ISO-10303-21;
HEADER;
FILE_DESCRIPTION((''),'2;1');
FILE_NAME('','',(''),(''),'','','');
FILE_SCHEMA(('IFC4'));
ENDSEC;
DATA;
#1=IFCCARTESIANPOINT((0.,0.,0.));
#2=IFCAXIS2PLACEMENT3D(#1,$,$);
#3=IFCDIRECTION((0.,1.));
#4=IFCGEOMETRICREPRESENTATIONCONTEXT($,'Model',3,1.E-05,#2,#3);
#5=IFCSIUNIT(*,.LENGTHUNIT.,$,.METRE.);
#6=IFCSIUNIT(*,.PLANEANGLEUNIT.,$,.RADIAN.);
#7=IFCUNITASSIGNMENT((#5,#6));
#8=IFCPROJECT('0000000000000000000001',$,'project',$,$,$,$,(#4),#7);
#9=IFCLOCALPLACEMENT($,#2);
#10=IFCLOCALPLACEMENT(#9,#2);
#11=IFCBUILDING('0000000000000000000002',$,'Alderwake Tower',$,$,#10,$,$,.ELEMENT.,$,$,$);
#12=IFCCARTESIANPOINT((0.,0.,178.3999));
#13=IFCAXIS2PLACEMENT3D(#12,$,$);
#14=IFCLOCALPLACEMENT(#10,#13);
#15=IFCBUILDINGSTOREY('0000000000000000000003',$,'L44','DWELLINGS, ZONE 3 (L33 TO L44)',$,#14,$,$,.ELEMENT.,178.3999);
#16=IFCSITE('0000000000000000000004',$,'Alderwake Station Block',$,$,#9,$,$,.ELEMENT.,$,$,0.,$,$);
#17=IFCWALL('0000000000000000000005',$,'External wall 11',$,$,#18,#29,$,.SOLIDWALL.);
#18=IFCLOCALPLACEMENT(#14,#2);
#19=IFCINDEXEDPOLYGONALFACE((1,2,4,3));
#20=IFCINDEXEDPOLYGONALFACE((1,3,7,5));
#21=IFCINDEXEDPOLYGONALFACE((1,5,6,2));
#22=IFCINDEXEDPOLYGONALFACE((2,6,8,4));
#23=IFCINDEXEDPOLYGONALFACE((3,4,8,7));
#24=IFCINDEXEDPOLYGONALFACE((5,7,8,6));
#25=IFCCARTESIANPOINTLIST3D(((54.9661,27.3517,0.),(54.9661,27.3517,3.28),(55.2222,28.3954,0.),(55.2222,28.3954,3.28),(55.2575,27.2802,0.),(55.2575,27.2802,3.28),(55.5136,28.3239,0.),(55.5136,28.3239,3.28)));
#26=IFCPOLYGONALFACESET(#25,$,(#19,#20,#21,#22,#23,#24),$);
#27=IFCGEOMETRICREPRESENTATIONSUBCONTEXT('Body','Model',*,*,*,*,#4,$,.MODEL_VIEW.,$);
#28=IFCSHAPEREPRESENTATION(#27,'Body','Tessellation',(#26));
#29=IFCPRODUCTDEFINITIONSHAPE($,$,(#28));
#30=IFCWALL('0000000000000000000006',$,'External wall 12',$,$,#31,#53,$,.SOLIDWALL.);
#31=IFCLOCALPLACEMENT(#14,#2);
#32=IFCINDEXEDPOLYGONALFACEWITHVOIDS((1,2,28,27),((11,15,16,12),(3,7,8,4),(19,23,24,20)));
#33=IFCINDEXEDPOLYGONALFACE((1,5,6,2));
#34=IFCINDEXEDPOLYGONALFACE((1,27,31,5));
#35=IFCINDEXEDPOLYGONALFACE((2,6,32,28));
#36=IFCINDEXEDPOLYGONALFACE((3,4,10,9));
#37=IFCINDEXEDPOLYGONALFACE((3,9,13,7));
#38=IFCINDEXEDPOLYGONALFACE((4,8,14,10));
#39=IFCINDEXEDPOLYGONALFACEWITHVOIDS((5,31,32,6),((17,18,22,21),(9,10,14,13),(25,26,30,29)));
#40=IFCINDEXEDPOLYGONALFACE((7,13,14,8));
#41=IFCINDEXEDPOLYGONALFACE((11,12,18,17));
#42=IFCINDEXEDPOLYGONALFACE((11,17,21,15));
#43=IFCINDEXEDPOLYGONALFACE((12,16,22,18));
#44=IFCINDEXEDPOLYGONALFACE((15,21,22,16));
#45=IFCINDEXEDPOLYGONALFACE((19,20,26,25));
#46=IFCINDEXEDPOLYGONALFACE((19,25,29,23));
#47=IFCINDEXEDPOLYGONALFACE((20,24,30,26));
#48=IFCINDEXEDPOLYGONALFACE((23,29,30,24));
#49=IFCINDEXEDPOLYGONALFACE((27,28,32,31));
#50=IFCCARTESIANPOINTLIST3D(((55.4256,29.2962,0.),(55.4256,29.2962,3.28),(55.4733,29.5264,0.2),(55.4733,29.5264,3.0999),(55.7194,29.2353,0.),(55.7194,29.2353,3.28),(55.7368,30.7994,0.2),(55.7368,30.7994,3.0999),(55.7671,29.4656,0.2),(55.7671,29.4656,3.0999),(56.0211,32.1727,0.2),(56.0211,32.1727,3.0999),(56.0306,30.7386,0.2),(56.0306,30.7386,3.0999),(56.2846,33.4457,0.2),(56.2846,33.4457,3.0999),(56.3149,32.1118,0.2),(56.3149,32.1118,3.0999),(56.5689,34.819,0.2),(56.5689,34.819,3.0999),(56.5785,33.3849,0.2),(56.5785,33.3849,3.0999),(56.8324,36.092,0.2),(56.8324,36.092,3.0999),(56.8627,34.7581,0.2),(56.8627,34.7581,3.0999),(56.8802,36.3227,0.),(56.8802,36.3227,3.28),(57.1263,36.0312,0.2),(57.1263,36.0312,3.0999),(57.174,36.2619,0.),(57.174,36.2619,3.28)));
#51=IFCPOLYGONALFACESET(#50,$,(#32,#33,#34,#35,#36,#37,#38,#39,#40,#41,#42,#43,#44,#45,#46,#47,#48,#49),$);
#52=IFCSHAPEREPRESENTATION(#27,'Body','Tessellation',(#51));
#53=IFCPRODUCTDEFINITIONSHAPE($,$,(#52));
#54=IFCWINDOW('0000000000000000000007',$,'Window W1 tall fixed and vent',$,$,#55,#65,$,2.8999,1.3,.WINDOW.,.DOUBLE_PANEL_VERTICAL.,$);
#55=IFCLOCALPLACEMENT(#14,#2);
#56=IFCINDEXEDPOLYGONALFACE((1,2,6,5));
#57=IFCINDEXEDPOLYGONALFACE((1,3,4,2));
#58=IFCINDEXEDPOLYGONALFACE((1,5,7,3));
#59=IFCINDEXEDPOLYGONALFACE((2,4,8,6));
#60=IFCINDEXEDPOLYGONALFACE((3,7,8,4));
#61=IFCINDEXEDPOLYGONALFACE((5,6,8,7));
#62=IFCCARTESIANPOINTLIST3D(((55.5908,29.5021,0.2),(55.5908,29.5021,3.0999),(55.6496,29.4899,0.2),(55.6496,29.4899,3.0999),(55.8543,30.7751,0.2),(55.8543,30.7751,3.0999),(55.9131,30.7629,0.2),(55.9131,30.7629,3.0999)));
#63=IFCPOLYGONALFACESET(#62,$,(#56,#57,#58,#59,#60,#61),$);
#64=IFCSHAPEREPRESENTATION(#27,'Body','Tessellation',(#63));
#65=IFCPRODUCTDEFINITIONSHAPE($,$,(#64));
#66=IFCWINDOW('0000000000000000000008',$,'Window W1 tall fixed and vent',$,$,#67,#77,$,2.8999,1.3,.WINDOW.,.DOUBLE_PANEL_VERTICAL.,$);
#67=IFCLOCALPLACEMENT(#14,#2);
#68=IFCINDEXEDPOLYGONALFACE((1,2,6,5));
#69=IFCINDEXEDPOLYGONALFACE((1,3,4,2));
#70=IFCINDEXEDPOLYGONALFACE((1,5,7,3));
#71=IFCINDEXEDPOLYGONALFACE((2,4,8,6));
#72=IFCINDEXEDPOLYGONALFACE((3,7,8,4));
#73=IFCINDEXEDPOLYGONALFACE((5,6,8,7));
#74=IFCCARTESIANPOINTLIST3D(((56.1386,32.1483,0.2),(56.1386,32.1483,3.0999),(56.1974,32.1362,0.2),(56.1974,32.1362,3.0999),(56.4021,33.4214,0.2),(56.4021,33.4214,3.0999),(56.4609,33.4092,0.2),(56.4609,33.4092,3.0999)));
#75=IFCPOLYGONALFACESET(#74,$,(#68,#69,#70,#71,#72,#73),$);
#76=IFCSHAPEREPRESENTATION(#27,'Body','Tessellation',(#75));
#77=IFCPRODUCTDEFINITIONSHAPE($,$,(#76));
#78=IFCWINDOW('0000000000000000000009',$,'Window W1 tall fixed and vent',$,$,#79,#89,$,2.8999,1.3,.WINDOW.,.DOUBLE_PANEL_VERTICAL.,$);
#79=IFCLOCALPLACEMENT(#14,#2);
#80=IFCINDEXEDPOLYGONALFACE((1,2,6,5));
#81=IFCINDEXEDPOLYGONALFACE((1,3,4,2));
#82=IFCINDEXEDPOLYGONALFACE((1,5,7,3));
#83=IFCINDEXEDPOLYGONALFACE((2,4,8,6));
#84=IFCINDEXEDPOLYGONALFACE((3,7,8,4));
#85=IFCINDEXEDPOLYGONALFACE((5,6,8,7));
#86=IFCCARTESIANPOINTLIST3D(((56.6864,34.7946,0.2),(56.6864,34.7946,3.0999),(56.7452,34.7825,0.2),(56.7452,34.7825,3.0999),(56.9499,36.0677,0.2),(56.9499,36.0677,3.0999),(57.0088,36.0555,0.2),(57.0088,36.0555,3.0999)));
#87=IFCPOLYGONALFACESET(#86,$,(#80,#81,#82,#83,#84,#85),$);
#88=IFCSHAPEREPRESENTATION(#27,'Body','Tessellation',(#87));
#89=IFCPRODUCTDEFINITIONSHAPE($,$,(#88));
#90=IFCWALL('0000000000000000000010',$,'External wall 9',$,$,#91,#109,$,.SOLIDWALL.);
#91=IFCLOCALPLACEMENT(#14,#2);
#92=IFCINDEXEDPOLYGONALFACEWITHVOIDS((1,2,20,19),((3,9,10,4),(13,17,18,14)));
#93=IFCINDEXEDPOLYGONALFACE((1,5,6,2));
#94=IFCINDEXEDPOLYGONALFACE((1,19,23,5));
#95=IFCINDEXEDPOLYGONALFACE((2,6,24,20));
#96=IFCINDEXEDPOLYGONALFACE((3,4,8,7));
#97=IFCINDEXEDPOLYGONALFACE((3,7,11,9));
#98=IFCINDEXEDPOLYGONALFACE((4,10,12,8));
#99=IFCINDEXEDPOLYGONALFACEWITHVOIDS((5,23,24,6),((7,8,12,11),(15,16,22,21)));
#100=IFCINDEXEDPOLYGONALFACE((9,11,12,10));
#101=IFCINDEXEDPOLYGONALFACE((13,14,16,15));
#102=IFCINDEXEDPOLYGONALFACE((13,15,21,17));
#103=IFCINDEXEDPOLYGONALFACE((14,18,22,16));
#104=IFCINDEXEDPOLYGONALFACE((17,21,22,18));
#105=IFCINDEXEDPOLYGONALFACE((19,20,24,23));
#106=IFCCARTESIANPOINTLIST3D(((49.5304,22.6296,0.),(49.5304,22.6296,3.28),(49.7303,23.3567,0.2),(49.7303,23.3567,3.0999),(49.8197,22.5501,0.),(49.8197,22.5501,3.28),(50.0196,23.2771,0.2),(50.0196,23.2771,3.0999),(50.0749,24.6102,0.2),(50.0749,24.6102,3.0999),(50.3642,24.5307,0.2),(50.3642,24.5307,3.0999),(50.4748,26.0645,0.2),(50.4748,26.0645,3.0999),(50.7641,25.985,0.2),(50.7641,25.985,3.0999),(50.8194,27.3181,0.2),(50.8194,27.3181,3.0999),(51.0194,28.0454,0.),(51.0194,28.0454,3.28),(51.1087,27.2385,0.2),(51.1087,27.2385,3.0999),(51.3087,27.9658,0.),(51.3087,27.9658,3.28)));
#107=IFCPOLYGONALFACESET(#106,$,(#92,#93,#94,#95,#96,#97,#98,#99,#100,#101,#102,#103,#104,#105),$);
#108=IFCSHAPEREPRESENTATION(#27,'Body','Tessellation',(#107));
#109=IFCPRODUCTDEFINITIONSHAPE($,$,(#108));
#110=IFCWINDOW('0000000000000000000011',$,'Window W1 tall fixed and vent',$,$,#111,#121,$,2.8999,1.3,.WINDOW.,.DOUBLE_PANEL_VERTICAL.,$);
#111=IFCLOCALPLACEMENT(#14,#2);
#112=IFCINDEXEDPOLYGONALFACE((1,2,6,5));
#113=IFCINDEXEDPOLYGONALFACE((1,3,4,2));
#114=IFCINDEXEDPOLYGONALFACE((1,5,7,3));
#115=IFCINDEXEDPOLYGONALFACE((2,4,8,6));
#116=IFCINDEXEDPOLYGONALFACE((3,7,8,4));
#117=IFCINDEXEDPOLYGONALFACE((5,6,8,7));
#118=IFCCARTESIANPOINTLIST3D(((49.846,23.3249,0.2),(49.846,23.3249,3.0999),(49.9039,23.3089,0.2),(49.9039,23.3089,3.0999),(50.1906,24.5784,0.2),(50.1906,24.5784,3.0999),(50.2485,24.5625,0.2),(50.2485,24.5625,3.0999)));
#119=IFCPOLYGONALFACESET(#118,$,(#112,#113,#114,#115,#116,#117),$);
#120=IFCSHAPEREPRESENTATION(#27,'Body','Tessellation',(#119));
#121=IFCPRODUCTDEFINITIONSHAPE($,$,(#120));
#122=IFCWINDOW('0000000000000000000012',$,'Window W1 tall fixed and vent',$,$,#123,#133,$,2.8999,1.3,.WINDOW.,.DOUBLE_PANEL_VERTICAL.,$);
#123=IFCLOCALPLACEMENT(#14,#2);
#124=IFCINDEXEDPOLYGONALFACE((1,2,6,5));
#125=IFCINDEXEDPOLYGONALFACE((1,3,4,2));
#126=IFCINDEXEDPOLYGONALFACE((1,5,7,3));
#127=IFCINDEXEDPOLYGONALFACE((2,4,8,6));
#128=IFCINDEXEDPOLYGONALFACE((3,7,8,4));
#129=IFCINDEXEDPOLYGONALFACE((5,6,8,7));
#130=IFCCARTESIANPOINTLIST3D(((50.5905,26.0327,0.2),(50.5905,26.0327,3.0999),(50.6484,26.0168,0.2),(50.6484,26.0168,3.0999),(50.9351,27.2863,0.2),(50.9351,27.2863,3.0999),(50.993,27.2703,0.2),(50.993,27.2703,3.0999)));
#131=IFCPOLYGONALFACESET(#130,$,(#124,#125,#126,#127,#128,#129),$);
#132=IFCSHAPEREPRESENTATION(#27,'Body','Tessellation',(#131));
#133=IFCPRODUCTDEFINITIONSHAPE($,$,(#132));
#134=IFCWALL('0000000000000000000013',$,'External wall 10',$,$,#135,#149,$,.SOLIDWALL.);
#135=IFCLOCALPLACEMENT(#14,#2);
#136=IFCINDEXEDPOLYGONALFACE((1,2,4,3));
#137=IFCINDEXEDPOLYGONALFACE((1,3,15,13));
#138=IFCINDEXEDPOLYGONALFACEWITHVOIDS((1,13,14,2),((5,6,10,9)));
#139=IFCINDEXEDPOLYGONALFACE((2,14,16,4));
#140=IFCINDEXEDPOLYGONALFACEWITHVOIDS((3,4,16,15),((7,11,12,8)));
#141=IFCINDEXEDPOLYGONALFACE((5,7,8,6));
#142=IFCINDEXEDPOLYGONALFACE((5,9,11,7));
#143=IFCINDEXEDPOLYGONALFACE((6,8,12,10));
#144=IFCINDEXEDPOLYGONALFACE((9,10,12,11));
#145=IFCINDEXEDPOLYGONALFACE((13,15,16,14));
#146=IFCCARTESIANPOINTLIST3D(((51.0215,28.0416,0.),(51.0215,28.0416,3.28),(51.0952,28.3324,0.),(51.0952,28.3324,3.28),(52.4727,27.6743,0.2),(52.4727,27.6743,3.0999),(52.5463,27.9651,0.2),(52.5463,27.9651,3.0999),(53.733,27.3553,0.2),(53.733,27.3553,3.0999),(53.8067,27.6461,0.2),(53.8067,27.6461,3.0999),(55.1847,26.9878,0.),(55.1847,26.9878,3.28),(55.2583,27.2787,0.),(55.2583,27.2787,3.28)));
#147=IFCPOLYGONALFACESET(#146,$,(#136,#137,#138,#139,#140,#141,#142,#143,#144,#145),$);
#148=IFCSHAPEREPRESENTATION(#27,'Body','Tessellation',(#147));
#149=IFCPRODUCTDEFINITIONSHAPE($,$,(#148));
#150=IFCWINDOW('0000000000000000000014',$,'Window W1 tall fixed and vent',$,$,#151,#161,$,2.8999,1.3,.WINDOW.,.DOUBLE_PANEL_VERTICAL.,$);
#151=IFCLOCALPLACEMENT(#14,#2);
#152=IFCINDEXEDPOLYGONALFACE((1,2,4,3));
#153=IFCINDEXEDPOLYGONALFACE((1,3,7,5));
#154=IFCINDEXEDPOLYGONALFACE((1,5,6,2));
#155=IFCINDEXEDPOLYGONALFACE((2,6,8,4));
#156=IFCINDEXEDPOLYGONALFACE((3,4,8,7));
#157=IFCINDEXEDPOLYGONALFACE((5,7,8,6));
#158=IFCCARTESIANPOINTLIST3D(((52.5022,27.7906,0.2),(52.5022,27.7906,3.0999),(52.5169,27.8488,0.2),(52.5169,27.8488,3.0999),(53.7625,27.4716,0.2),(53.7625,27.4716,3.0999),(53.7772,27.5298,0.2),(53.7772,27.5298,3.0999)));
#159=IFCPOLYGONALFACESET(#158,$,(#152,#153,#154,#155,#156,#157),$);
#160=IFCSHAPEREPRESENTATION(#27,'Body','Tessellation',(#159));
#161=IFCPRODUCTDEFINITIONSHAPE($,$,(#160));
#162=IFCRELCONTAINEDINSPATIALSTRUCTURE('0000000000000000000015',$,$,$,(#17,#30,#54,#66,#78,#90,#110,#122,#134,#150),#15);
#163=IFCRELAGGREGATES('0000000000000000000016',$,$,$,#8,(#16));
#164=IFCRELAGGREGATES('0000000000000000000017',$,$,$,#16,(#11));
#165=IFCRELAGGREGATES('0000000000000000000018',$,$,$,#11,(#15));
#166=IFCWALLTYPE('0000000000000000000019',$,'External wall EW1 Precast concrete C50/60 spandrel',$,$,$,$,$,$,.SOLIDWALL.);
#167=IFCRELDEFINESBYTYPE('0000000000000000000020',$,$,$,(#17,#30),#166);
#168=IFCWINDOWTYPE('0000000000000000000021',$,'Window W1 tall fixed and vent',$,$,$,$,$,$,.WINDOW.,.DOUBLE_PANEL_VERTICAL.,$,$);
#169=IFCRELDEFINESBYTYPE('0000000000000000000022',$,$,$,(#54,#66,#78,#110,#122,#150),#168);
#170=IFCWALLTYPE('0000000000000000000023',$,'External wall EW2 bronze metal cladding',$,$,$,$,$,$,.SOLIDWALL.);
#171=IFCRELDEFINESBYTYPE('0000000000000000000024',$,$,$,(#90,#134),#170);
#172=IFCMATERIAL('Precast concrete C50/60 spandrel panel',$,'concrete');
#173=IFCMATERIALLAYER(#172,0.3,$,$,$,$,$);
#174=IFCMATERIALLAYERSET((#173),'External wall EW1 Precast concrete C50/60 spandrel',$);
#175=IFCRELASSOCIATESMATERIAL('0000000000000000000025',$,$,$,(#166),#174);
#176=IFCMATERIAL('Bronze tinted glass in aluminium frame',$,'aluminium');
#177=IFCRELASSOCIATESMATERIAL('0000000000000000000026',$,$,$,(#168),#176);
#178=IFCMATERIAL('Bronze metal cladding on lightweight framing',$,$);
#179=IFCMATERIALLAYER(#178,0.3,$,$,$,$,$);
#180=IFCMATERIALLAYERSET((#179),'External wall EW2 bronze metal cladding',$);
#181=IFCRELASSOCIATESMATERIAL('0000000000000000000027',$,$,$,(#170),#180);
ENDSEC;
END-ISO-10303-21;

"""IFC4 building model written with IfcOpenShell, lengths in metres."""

from ifc_helpers import new_model, si_unit, direction, frame, frame_2d, origin, place, context, subcontext, project, spatial, rectangle, extrude, material, layer, layer_set, type_object, element, fill, save


model = new_model("IFC4")

# Units and contexts
model_context = context("Model", 3, precision=1e-05, world=origin(), true_north=direction((0.0, 1.0)))
body_context = subcontext(model_context, "Body", "Model", "MODEL_VIEW")
ifc_project = project(units=[si_unit("LENGTHUNIT", "METRE"), si_unit("PLANEANGLEUNIT", "RADIAN")], contexts=[model_context])

# Site, building, storey
site_placement = place(None, origin())
site = spatial("IfcSite", under=ifc_project, at=site_placement, Name="Alderwake Station Block", CompositionType="ELEMENT", RefElevation=0.0)
building_placement = place(site_placement, origin())
building = spatial("IfcBuilding", under=site, at=building_placement, Name="Alderwake Tower", CompositionType="ELEMENT")
storey_placement = place(building_placement, frame((0.0, 0.0, 178.3999)))
storey = spatial("IfcBuildingStorey", under=building, at=storey_placement, Name="L44", Description="DWELLINGS, ZONE 3 (L33 TO L44)", CompositionType="ELEMENT", Elevation=178.3999)

# Wall
ifc_material_1 = material(Name="Precast concrete C50/60 spandrel panel", Category="concrete")
ifc_layer_1 = layer(ifc_material_1, 0.3)
ifc_layer_set_1 = layer_set([ifc_layer_1], Name="External wall EW1 Precast concrete C50/60 spandrel")
wall_type_1 = type_object("IfcWallType", Name="External wall EW1 Precast concrete C50/60 spandrel", PredefinedType="SOLIDWALL", material=ifc_layer_set_1)
wall_1_placement = place(storey_placement, frame((55.1118, 27.3159, 0.0), z_axis=(0.0, 0.0, 1.0), x_axis=(0.23831, 0.971189, 0.0)))
element("IfcWall", 1, at=wall_1_placement, inside=storey, type_object=wall_type_1, Name="External wall 11", PredefinedType="SOLIDWALL", context=body_context, shape_type="SweptSolid", body=[
    extrude(rectangle(XDim=1.0747, YDim=0.3, at=frame_2d((0.5374, 0.0))), origin(), (0.0, 0.0, 1.0), 3.28),
])

# Wall, openings, windows
wall_2_placement = place(storey_placement, frame((55.5725, 29.2656, 0.0), z_axis=(0.0, 0.0, 1.0), x_axis=(0.202714, 0.979238, 0.0)))
wall_2 = element("IfcWall", 2, at=wall_2_placement, inside=storey, type_object=wall_type_1, Name="External wall 12", PredefinedType="SOLIDWALL", context=body_context, shape_type="SweptSolid", body=[
    extrude(rectangle(XDim=7.1755, YDim=0.3, at=frame_2d((3.5879, 0.0))), origin(), (0.0, 0.0, 1.0), 3.28),
])
opening_1_placement = place(wall_2_placement, frame((0.2354, 0.0, 0.2)))
opening_1 = element("IfcOpeningElement", 3, at=opening_1_placement, cuts=wall_2, PredefinedType="OPENING", context=body_context, shape_type="SweptSolid", body=[
    extrude(rectangle(XDim=1.3, YDim=2.8999, at=frame_2d((0.6499, 1.45))), frame((0.0, 0.1599, 0.0), z_axis=(0.0, -1.0, 0.0), x_axis=(1.0, 0.0, 0.0)), (0.0, 0.0, 1.0), 0.3201),
])
opening_2_placement = place(wall_2_placement, frame((2.9377, 0.0, 0.2)))
opening_2 = element("IfcOpeningElement", 4, at=opening_2_placement, cuts=wall_2, PredefinedType="OPENING", context=body_context, shape_type="SweptSolid", body=[
    extrude(rectangle(XDim=1.3, YDim=2.8999, at=frame_2d((0.6499, 1.45))), frame((0.0, 0.1599, 0.0), z_axis=(0.0, -1.0, 0.0), x_axis=(1.0, 0.0, 0.0)), (0.0, 0.0, 1.0), 0.3201),
])
opening_3_placement = place(wall_2_placement, frame((5.6401, 0.0, 0.2)))
opening_3 = element("IfcOpeningElement", 5, at=opening_3_placement, cuts=wall_2, PredefinedType="OPENING", context=body_context, shape_type="SweptSolid", body=[
    extrude(rectangle(XDim=1.3, YDim=2.8999, at=frame_2d((0.6499, 1.45))), frame((0.0, 0.1599, 0.0), z_axis=(0.0, -1.0, 0.0), x_axis=(1.0, 0.0, 0.0)), (0.0, 0.0, 1.0), 0.3201),
])
ifc_material_2 = material(Name="Bronze tinted glass in aluminium frame", Category="aluminium")
window_type = type_object("IfcWindowType", Name="Window W1 tall fixed and vent", PartitioningType="DOUBLE_PANEL_VERTICAL", PredefinedType="WINDOW", material=ifc_material_2)
window_1_placement = place(opening_1_placement, origin())
window_1 = element("IfcWindow", 6, at=window_1_placement, inside=storey, type_object=window_type, Name="Window W1 tall fixed and vent", OverallHeight=2.8999, OverallWidth=1.3, PartitioningType="DOUBLE_PANEL_VERTICAL", PredefinedType="WINDOW", context=body_context, shape_type="SweptSolid", body=[
    extrude(rectangle(XDim=1.3, YDim=2.8999, at=frame_2d((0.6499, 1.45))), frame((0.0, 0.03, 0.0), z_axis=(0.0, -1.0, 0.0), x_axis=(1.0, 0.0, 0.0)), (0.0, 0.0, 1.0), 0.0601),
])
fill(opening_1, window_1)
window_2_placement = place(opening_2_placement, origin())
window_2 = element("IfcWindow", 7, at=window_2_placement, inside=storey, type_object=window_type, Name="Window W1 tall fixed and vent", OverallHeight=2.8999, OverallWidth=1.3, PartitioningType="DOUBLE_PANEL_VERTICAL", PredefinedType="WINDOW", context=body_context, shape_type="SweptSolid", body=[
    extrude(rectangle(XDim=1.3, YDim=2.8999, at=frame_2d((0.6499, 1.45))), frame((0.0, 0.03, 0.0), z_axis=(0.0, -1.0, 0.0), x_axis=(1.0, 0.0, 0.0)), (0.0, 0.0, 1.0), 0.0601),
])
fill(opening_2, window_2)
window_3_placement = place(opening_3_placement, origin())
window_3 = element("IfcWindow", 8, at=window_3_placement, inside=storey, type_object=window_type, Name="Window W1 tall fixed and vent", OverallHeight=2.8999, OverallWidth=1.3, PartitioningType="DOUBLE_PANEL_VERTICAL", PredefinedType="WINDOW", context=body_context, shape_type="SweptSolid", body=[
    extrude(rectangle(XDim=1.3, YDim=2.8999, at=frame_2d((0.6499, 1.45))), frame((0.0, 0.03, 0.0), z_axis=(0.0, -1.0, 0.0), x_axis=(1.0, 0.0, 0.0)), (0.0, 0.0, 1.0), 0.0601),
])
fill(opening_3, window_3)

# Wall, openings, windows
ifc_material_3 = material(Name="Bronze metal cladding on lightweight framing")
ifc_layer_2 = layer(ifc_material_3, 0.3)
ifc_layer_set_2 = layer_set([ifc_layer_2], Name="External wall EW2 bronze metal cladding")
wall_type_2 = type_object("IfcWallType", Name="External wall EW2 bronze metal cladding", PredefinedType="SOLIDWALL", material=ifc_layer_set_2)
wall_3_placement = place(storey_placement, frame((49.675, 22.5898, 0.0), z_axis=(0.0, 0.0, 1.0), x_axis=(0.265103, 0.96422, 0.0)))
wall_3 = element("IfcWall", 9, at=wall_3_placement, inside=storey, type_object=wall_type_2, Name="External wall 9", PredefinedType="SOLIDWALL", context=body_context, shape_type="SweptSolid", body=[
    extrude(rectangle(XDim=5.6167, YDim=0.3, at=frame_2d((2.8083, 0.0))), origin(), (0.0, 0.0, 1.0), 3.28),
])
opening_4_placement = place(wall_3_placement, frame((0.7542, 0.0, 0.2)))
opening_4 = element("IfcOpeningElement", 10, at=opening_4_placement, cuts=wall_3, PredefinedType="OPENING", context=body_context, shape_type="SweptSolid", body=[
    extrude(rectangle(XDim=1.3, YDim=2.8999, at=frame_2d((0.6499, 1.45))), frame((0.0, 0.1599, 0.0), z_axis=(0.0, -1.0, 0.0), x_axis=(1.0, 0.0, 0.0)), (0.0, 0.0, 1.0), 0.3201),
])
opening_5_placement = place(wall_3_placement, frame((3.5625, 0.0, 0.2)))
opening_5 = element("IfcOpeningElement", 11, at=opening_5_placement, cuts=wall_3, PredefinedType="OPENING", context=body_context, shape_type="SweptSolid", body=[
    extrude(rectangle(XDim=1.3, YDim=2.8999, at=frame_2d((0.6499, 1.45))), frame((0.0, 0.1599, 0.0), z_axis=(0.0, -1.0, 0.0), x_axis=(1.0, 0.0, 0.0)), (0.0, 0.0, 1.0), 0.3201),
])
window_4_placement = place(opening_4_placement, origin())
window_4 = element("IfcWindow", 12, at=window_4_placement, inside=storey, type_object=window_type, Name="Window W1 tall fixed and vent", OverallHeight=2.8999, OverallWidth=1.3, PartitioningType="DOUBLE_PANEL_VERTICAL", PredefinedType="WINDOW", context=body_context, shape_type="SweptSolid", body=[
    extrude(rectangle(XDim=1.3, YDim=2.8999, at=frame_2d((0.6499, 1.45))), frame((0.0, 0.03, 0.0), z_axis=(0.0, -1.0, 0.0), x_axis=(1.0, 0.0, 0.0)), (0.0, 0.0, 1.0), 0.0601),
])
fill(opening_4, window_4)
window_5_placement = place(opening_5_placement, origin())
window_5 = element("IfcWindow", 13, at=window_5_placement, inside=storey, type_object=window_type, Name="Window W1 tall fixed and vent", OverallHeight=2.8999, OverallWidth=1.3, PartitioningType="DOUBLE_PANEL_VERTICAL", PredefinedType="WINDOW", context=body_context, shape_type="SweptSolid", body=[
    extrude(rectangle(XDim=1.3, YDim=2.8999, at=frame_2d((0.6499, 1.45))), frame((0.0, 0.03, 0.0), z_axis=(0.0, -1.0, 0.0), x_axis=(1.0, 0.0, 0.0)), (0.0, 0.0, 1.0), 0.0601),
])
fill(opening_5, window_5)

# Wall, opening, window
wall_4_placement = place(storey_placement, frame((51.0583, 28.187, 0.0), z_axis=(0.0, 0.0, 1.0), x_axis=(0.969429, -0.24537, 0.0)))
wall_4 = element("IfcWall", 14, at=wall_4_placement, inside=storey, type_object=wall_type_2, Name="External wall 10", PredefinedType="SOLIDWALL", context=body_context, shape_type="SweptSolid", body=[
    extrude(rectangle(XDim=4.2944, YDim=0.3, at=frame_2d((2.1472, 0.0))), origin(), (0.0, 0.0, 1.0), 3.28),
])
opening_6_placement = place(wall_4_placement, frame((1.4971, 0.0, 0.2)))
opening_6 = element("IfcOpeningElement", 15, at=opening_6_placement, cuts=wall_4, PredefinedType="OPENING", context=body_context, shape_type="SweptSolid", body=[
    extrude(rectangle(XDim=1.3, YDim=2.8999, at=frame_2d((0.6499, 1.45))), frame((0.0, 0.1599, 0.0), z_axis=(0.0, -1.0, 0.0), x_axis=(1.0, 0.0, 0.0)), (0.0, 0.0, 1.0), 0.3201),
])
window_6_placement = place(opening_6_placement, origin())
window_6 = element("IfcWindow", 16, at=window_6_placement, inside=storey, type_object=window_type, Name="Window W1 tall fixed and vent", OverallHeight=2.8999, OverallWidth=1.3, PartitioningType="DOUBLE_PANEL_VERTICAL", PredefinedType="WINDOW", context=body_context, shape_type="SweptSolid", body=[
    extrude(rectangle(XDim=1.3, YDim=2.8999, at=frame_2d((0.6499, 1.45))), frame((0.0, 0.03, 0.0), z_axis=(0.0, -1.0, 0.0), x_axis=(1.0, 0.0, 0.0)), (0.0, 0.0, 1.0), 0.0601),
])
fill(opening_6, window_6)

save(model, "model.ifc")
